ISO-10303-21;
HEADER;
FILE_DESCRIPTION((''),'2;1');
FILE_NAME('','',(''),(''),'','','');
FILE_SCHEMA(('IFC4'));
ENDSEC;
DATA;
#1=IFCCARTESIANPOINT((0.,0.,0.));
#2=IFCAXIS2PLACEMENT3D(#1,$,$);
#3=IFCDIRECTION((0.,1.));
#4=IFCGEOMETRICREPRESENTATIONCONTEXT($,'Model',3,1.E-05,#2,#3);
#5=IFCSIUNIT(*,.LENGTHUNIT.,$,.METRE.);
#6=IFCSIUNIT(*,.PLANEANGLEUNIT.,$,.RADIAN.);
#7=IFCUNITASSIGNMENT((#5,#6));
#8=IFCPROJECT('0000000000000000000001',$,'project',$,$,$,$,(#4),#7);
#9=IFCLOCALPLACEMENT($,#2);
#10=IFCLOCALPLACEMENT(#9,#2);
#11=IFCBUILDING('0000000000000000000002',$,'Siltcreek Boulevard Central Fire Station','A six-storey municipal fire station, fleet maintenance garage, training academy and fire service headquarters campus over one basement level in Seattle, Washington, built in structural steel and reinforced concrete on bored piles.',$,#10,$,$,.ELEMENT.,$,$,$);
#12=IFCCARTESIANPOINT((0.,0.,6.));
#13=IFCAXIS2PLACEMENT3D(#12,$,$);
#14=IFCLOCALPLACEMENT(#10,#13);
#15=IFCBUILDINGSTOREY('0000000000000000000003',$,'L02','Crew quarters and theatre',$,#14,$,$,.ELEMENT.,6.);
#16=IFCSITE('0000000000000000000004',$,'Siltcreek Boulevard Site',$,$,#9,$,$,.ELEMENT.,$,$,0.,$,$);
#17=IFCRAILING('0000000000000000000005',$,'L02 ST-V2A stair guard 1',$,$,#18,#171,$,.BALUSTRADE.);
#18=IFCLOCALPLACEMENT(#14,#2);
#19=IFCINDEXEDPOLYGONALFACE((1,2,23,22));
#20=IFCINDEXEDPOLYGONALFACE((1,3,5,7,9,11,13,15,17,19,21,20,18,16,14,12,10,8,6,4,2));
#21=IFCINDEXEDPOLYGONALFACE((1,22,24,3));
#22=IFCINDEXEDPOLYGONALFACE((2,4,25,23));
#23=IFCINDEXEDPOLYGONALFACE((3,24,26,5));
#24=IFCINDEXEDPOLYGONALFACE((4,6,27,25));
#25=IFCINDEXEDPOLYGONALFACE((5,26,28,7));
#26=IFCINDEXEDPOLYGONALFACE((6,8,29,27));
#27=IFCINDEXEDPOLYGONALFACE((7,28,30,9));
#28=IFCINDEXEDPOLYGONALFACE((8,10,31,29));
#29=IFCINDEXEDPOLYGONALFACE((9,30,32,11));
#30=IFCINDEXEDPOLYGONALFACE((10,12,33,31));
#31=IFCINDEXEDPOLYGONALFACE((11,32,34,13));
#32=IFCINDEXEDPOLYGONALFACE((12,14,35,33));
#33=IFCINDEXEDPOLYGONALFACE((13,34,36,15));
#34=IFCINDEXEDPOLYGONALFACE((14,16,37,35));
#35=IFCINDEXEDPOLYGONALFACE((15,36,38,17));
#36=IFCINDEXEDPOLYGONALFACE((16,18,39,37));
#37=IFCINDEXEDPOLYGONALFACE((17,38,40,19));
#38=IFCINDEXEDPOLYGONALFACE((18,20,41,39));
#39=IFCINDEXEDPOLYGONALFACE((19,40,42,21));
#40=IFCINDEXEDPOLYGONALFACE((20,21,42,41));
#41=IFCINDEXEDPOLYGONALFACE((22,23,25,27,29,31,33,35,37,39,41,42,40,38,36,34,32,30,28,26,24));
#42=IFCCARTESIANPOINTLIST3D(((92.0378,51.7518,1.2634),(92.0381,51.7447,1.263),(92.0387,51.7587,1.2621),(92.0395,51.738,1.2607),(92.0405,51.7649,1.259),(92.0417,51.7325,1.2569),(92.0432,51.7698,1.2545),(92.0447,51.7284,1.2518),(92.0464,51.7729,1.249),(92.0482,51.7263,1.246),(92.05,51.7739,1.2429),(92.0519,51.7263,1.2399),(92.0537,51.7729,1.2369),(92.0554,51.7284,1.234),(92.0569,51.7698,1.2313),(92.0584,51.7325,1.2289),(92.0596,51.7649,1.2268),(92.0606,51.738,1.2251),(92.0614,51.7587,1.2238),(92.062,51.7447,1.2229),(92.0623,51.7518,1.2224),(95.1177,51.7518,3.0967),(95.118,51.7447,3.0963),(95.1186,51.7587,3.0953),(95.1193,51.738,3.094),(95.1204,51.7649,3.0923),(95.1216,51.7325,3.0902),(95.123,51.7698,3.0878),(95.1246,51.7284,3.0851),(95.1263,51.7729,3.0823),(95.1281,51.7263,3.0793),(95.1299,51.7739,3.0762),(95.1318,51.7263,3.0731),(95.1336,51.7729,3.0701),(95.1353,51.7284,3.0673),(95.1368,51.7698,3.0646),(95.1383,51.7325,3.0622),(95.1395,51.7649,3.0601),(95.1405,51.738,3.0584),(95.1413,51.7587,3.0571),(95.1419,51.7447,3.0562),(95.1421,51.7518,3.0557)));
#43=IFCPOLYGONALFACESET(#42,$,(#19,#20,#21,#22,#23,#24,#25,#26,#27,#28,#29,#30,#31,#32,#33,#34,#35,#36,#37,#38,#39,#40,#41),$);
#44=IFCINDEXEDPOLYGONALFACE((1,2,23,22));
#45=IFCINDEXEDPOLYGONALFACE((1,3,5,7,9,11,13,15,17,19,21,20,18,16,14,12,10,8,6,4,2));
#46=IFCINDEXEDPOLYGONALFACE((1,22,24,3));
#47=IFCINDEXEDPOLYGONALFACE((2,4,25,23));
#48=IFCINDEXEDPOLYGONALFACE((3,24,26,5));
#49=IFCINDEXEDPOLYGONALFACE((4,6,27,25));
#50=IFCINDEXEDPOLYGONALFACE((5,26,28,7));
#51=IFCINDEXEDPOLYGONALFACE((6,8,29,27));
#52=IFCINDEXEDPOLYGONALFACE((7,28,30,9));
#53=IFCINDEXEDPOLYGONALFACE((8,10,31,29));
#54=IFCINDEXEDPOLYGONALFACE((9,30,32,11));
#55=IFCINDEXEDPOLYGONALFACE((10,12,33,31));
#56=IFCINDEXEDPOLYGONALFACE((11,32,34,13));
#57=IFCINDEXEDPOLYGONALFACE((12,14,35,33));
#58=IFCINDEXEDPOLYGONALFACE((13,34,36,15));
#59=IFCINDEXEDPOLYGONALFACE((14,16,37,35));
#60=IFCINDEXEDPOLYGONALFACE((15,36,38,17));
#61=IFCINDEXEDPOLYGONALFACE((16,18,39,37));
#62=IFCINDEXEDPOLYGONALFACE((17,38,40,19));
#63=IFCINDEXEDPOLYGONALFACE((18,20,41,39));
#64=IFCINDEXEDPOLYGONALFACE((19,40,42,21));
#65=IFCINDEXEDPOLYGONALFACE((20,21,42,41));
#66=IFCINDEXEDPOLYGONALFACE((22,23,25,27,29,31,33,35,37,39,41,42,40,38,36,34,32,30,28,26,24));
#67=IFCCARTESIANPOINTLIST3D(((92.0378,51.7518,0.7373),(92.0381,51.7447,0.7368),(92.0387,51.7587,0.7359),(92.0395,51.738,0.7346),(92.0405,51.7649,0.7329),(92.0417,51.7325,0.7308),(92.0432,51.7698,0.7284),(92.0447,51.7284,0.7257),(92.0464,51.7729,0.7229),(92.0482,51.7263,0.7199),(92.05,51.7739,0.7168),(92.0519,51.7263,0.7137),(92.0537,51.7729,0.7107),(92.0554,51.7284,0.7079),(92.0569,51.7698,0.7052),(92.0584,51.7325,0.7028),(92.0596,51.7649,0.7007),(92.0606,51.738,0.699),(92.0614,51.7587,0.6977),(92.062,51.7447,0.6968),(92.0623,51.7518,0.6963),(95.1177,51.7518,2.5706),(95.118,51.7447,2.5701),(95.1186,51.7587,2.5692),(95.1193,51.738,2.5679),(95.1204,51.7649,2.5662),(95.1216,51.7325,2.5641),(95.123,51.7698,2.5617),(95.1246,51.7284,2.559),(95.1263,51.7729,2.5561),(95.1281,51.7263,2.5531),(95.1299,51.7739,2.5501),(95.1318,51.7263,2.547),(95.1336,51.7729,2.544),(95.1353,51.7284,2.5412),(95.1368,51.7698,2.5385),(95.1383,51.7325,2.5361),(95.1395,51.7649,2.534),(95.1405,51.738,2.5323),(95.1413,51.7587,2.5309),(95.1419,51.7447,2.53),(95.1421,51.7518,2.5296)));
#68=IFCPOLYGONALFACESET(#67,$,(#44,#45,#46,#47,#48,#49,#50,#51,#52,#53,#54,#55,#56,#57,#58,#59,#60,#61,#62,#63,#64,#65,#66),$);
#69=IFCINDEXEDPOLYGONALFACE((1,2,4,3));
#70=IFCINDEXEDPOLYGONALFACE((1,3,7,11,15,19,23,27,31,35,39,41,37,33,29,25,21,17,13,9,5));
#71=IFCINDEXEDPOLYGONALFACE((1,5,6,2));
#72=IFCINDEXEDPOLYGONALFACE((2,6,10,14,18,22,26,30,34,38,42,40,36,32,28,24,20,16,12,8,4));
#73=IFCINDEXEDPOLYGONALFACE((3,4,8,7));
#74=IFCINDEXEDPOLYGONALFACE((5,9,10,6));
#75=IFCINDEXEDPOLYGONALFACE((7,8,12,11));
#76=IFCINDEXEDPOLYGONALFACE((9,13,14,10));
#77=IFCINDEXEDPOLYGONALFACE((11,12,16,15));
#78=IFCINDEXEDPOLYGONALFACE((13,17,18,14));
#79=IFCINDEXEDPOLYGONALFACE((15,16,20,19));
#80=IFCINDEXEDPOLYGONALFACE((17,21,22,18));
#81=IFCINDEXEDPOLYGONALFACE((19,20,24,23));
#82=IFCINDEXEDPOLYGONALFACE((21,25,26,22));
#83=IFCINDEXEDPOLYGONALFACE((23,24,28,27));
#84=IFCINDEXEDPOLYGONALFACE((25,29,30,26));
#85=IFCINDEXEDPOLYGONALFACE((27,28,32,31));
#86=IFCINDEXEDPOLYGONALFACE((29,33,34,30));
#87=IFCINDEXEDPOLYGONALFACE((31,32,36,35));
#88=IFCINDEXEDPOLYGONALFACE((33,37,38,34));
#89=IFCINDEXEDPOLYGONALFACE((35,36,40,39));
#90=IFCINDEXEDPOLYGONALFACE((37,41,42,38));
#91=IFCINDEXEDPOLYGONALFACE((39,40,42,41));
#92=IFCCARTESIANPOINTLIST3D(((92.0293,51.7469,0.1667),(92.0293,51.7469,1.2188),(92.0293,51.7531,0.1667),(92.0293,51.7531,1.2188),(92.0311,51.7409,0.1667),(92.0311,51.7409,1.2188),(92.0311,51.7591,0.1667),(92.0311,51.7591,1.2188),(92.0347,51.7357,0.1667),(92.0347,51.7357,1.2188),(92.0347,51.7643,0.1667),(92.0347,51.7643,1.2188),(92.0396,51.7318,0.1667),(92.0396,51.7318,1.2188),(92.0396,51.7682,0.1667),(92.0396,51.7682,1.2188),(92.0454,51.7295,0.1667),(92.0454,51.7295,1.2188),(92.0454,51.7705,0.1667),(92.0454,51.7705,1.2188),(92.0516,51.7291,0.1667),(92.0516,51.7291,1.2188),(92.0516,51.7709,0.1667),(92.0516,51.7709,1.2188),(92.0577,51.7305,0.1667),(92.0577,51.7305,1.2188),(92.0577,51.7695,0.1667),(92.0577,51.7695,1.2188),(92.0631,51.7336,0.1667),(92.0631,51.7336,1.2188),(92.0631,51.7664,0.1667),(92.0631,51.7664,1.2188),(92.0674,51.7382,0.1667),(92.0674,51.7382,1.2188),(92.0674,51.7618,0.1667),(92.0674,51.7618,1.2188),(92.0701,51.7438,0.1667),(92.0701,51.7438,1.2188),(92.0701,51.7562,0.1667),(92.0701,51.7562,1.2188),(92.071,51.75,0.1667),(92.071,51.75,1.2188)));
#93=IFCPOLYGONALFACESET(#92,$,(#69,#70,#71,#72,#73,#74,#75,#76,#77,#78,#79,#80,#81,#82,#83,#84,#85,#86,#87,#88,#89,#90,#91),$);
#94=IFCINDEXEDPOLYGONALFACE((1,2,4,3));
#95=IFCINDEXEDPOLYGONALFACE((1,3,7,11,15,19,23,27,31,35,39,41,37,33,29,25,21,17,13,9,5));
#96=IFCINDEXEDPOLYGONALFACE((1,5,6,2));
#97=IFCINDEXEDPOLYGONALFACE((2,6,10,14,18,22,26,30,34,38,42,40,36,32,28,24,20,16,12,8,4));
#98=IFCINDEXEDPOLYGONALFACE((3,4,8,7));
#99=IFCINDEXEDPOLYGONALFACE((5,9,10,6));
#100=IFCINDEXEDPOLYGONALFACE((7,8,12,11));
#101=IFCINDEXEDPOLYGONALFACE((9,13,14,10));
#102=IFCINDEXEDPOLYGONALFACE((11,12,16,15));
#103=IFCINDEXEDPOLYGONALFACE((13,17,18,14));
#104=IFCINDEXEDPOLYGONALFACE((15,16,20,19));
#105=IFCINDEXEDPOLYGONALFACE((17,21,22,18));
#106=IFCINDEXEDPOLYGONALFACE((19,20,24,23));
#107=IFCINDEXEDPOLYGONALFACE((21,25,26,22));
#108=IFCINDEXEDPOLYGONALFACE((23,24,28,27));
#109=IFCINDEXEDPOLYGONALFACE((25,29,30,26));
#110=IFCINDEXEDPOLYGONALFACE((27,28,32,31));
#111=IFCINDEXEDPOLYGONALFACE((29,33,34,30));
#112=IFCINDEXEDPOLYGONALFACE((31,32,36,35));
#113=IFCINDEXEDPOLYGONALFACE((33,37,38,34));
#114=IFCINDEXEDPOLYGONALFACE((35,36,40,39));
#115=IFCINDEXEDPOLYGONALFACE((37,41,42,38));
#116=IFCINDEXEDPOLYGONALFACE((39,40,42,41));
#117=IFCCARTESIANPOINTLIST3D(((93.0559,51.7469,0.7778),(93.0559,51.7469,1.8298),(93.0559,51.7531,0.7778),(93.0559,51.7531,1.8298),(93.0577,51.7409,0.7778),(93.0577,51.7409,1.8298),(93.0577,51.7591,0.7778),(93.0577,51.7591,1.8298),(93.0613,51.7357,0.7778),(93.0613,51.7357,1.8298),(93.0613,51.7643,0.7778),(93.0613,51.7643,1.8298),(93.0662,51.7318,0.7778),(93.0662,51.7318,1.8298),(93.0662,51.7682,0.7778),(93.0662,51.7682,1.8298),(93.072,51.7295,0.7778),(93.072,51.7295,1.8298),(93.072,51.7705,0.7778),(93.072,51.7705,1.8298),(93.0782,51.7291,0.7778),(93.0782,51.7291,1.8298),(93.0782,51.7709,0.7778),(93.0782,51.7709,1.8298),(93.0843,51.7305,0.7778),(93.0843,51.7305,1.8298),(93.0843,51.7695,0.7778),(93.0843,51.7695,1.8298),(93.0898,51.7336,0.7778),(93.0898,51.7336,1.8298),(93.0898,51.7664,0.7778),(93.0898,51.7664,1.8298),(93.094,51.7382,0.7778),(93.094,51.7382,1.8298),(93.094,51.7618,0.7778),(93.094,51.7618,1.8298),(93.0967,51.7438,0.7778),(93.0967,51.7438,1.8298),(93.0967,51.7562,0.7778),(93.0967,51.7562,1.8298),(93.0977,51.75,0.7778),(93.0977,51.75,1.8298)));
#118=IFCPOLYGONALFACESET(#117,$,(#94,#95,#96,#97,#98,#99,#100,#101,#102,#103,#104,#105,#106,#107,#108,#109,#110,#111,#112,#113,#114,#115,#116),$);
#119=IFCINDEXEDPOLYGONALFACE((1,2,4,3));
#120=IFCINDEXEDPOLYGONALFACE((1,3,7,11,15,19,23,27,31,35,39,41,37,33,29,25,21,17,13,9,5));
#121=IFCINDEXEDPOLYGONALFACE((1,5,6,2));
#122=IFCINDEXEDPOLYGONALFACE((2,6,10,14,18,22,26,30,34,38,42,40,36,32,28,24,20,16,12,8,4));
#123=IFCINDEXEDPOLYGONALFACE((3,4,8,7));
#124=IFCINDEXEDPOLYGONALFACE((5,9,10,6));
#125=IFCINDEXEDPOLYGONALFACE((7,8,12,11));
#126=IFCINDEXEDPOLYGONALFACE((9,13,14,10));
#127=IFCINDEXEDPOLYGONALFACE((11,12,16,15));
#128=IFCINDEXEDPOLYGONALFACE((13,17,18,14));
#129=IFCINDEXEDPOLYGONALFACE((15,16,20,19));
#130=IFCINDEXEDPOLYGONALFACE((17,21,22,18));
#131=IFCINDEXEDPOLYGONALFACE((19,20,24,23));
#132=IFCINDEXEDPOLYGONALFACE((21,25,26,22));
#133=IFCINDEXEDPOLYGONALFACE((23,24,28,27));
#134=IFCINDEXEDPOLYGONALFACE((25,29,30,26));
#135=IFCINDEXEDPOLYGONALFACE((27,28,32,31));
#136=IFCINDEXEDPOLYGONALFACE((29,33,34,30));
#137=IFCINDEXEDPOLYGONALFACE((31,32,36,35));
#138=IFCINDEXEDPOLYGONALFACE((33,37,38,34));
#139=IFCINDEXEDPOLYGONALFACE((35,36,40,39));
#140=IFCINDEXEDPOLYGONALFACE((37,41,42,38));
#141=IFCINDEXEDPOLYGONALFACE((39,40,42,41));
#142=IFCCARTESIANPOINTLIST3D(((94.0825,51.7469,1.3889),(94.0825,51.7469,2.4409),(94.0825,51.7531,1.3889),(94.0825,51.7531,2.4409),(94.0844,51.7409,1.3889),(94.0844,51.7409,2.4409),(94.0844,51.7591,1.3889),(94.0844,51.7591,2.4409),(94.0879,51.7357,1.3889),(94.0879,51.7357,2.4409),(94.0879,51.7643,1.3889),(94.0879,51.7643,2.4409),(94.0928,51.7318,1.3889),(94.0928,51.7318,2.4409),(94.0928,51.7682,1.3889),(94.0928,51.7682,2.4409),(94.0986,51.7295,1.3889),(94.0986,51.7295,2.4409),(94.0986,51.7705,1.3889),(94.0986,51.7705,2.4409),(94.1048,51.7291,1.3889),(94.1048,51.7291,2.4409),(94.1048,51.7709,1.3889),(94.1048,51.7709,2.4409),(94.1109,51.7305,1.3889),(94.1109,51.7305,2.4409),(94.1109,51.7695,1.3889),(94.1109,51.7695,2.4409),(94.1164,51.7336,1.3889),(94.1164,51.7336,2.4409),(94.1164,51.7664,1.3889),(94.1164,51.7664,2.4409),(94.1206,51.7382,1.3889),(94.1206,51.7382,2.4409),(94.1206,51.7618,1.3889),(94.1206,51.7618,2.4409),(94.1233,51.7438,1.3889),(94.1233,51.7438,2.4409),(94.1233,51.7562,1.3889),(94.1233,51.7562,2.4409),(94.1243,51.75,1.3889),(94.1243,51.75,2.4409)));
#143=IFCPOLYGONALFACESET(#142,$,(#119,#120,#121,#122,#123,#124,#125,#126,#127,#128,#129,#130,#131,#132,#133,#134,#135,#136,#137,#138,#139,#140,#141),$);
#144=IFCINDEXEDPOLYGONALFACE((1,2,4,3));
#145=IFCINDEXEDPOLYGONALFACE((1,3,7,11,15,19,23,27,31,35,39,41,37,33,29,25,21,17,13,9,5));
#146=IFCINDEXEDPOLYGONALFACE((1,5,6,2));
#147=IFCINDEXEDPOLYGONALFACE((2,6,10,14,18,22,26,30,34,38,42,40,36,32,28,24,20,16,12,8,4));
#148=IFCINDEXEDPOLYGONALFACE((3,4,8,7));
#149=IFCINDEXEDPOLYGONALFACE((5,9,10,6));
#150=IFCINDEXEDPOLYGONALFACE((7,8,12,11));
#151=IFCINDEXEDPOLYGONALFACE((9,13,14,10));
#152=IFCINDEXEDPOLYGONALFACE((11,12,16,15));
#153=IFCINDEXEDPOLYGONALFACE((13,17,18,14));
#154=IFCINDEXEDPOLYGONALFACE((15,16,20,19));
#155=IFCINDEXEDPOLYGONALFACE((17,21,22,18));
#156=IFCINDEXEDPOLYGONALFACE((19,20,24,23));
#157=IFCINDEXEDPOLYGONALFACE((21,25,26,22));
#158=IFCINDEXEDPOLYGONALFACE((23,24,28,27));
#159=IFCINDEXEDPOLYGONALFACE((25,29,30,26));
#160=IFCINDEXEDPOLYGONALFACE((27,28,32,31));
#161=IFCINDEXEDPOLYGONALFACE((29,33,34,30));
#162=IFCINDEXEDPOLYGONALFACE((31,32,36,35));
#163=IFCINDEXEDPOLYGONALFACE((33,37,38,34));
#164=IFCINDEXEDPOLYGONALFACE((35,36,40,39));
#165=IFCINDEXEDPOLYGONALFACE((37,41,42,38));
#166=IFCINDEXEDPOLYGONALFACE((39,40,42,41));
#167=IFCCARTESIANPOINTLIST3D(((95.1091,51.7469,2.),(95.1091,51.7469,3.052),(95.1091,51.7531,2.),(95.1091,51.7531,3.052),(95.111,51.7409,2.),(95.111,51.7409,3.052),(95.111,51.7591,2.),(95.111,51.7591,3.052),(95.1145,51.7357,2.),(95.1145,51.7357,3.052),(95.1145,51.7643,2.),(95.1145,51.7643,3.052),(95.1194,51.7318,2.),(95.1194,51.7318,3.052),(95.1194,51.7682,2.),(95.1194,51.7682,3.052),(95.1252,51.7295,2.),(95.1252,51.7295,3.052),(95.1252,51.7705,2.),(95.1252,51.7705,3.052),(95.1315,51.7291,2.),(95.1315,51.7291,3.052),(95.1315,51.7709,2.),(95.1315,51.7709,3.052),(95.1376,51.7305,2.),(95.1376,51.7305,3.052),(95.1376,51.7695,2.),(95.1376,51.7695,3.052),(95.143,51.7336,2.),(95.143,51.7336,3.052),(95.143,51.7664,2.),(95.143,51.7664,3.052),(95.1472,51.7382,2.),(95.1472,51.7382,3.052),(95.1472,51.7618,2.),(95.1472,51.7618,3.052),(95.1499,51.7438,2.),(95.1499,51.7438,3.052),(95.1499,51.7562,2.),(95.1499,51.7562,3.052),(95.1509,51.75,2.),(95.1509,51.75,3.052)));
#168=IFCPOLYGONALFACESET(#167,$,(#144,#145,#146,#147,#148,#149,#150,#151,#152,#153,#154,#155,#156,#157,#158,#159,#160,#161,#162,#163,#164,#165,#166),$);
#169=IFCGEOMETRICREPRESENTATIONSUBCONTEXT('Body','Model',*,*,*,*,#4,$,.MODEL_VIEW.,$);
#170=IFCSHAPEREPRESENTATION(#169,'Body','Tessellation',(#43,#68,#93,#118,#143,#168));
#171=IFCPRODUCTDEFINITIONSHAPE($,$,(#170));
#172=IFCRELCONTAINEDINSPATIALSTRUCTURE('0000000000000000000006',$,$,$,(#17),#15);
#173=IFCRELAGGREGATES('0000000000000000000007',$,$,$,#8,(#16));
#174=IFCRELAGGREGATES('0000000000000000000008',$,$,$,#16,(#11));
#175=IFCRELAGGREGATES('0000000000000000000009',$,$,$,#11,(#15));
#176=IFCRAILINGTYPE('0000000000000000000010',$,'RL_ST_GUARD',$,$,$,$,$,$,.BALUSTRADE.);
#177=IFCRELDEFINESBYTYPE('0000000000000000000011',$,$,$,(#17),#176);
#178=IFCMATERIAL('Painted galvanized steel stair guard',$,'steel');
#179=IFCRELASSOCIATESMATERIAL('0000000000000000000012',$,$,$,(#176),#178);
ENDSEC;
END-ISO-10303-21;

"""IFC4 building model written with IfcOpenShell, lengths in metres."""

from ifc_helpers import new_model, si_unit, direction, frame, origin, origin_2d, place, context, subcontext, project, spatial, circle, extrude, material, type_object, element, save


model = new_model("IFC4")

# Units and contexts
model_context = context("Model", 3, precision=1e-05, world=origin(), true_north=direction((0.0, 1.0)))
body_context = subcontext(model_context, "Body", "Model", "MODEL_VIEW")
ifc_project = project(units=[si_unit("LENGTHUNIT", "METRE"), si_unit("PLANEANGLEUNIT", "RADIAN")], contexts=[model_context])

# Site, building, storey
site_placement = place(None, origin())
site = spatial("IfcSite", under=ifc_project, at=site_placement, Name="Siltcreek Boulevard Site", CompositionType="ELEMENT", RefElevation=0.0)
building_placement = place(site_placement, origin())
building = spatial("IfcBuilding", under=site, at=building_placement, Name="Siltcreek Boulevard Central Fire Station", Description="A six-storey municipal fire station, fleet maintenance garage, training academy and fire service headquarters campus over one basement level in Seattle, Washington, built in structural steel and reinforced concrete on bored piles.", CompositionType="ELEMENT")
storey_placement = place(building_placement, frame((0.0, 0.0, 6.0)))
storey = spatial("IfcBuildingStorey", under=building, at=storey_placement, Name="L02", Description="Crew quarters and theatre", CompositionType="ELEMENT", Elevation=6.0)

# Railing
ifc_material_1 = material(Name="Painted galvanized steel stair guard", Category="steel")
railing_type_1 = type_object("IfcRailingType", Name="RL_ST_GUARD", PredefinedType="BALUSTRADE", material=ifc_material_1)
railing_1_placement = place(storey_placement, frame((92.05, 51.75, 0.1667)))
element("IfcRailing", 1, at=railing_1_placement, inside=storey, type_object=railing_type_1, Name="L02 ST-V2A stair guard 1", PredefinedType="BALUSTRADE", context=body_context, shape_type="SweptSolid", body=[
    extrude(circle(Radius=0.0239, at=origin_2d()), frame((0.0, 0.0, 1.0762), z_axis=(0.859291, 0.0, 0.511487), x_axis=(0.0, 1.0, 0.0)), (0.0, 0.0, 1.0), 3.5842),
    extrude(circle(Radius=0.0239, at=origin_2d()), frame((0.0, 0.0, 0.55), z_axis=(0.859291, 0.0, 0.511487), x_axis=(0.0, 1.0, 0.0)), (0.0, 0.0, 1.0), 3.5842),
    extrude(circle(Radius=0.021, at=origin_2d()), origin(), (0.0, 0.0, 1.0), 1.052),
    extrude(circle(Radius=0.021, at=origin_2d()), frame((1.0266, 0.0, 0.6111)), (0.0, 0.0, 1.0), 1.052),
    extrude(circle(Radius=0.021, at=origin_2d()), frame((2.0532, 0.0, 1.2222)), (0.0, 0.0, 1.0), 1.052),
    extrude(circle(Radius=0.021, at=origin_2d()), frame((3.0798, 0.0, 1.8333)), (0.0, 0.0, 1.0), 1.052),
])

save(model, "model.ifc")
